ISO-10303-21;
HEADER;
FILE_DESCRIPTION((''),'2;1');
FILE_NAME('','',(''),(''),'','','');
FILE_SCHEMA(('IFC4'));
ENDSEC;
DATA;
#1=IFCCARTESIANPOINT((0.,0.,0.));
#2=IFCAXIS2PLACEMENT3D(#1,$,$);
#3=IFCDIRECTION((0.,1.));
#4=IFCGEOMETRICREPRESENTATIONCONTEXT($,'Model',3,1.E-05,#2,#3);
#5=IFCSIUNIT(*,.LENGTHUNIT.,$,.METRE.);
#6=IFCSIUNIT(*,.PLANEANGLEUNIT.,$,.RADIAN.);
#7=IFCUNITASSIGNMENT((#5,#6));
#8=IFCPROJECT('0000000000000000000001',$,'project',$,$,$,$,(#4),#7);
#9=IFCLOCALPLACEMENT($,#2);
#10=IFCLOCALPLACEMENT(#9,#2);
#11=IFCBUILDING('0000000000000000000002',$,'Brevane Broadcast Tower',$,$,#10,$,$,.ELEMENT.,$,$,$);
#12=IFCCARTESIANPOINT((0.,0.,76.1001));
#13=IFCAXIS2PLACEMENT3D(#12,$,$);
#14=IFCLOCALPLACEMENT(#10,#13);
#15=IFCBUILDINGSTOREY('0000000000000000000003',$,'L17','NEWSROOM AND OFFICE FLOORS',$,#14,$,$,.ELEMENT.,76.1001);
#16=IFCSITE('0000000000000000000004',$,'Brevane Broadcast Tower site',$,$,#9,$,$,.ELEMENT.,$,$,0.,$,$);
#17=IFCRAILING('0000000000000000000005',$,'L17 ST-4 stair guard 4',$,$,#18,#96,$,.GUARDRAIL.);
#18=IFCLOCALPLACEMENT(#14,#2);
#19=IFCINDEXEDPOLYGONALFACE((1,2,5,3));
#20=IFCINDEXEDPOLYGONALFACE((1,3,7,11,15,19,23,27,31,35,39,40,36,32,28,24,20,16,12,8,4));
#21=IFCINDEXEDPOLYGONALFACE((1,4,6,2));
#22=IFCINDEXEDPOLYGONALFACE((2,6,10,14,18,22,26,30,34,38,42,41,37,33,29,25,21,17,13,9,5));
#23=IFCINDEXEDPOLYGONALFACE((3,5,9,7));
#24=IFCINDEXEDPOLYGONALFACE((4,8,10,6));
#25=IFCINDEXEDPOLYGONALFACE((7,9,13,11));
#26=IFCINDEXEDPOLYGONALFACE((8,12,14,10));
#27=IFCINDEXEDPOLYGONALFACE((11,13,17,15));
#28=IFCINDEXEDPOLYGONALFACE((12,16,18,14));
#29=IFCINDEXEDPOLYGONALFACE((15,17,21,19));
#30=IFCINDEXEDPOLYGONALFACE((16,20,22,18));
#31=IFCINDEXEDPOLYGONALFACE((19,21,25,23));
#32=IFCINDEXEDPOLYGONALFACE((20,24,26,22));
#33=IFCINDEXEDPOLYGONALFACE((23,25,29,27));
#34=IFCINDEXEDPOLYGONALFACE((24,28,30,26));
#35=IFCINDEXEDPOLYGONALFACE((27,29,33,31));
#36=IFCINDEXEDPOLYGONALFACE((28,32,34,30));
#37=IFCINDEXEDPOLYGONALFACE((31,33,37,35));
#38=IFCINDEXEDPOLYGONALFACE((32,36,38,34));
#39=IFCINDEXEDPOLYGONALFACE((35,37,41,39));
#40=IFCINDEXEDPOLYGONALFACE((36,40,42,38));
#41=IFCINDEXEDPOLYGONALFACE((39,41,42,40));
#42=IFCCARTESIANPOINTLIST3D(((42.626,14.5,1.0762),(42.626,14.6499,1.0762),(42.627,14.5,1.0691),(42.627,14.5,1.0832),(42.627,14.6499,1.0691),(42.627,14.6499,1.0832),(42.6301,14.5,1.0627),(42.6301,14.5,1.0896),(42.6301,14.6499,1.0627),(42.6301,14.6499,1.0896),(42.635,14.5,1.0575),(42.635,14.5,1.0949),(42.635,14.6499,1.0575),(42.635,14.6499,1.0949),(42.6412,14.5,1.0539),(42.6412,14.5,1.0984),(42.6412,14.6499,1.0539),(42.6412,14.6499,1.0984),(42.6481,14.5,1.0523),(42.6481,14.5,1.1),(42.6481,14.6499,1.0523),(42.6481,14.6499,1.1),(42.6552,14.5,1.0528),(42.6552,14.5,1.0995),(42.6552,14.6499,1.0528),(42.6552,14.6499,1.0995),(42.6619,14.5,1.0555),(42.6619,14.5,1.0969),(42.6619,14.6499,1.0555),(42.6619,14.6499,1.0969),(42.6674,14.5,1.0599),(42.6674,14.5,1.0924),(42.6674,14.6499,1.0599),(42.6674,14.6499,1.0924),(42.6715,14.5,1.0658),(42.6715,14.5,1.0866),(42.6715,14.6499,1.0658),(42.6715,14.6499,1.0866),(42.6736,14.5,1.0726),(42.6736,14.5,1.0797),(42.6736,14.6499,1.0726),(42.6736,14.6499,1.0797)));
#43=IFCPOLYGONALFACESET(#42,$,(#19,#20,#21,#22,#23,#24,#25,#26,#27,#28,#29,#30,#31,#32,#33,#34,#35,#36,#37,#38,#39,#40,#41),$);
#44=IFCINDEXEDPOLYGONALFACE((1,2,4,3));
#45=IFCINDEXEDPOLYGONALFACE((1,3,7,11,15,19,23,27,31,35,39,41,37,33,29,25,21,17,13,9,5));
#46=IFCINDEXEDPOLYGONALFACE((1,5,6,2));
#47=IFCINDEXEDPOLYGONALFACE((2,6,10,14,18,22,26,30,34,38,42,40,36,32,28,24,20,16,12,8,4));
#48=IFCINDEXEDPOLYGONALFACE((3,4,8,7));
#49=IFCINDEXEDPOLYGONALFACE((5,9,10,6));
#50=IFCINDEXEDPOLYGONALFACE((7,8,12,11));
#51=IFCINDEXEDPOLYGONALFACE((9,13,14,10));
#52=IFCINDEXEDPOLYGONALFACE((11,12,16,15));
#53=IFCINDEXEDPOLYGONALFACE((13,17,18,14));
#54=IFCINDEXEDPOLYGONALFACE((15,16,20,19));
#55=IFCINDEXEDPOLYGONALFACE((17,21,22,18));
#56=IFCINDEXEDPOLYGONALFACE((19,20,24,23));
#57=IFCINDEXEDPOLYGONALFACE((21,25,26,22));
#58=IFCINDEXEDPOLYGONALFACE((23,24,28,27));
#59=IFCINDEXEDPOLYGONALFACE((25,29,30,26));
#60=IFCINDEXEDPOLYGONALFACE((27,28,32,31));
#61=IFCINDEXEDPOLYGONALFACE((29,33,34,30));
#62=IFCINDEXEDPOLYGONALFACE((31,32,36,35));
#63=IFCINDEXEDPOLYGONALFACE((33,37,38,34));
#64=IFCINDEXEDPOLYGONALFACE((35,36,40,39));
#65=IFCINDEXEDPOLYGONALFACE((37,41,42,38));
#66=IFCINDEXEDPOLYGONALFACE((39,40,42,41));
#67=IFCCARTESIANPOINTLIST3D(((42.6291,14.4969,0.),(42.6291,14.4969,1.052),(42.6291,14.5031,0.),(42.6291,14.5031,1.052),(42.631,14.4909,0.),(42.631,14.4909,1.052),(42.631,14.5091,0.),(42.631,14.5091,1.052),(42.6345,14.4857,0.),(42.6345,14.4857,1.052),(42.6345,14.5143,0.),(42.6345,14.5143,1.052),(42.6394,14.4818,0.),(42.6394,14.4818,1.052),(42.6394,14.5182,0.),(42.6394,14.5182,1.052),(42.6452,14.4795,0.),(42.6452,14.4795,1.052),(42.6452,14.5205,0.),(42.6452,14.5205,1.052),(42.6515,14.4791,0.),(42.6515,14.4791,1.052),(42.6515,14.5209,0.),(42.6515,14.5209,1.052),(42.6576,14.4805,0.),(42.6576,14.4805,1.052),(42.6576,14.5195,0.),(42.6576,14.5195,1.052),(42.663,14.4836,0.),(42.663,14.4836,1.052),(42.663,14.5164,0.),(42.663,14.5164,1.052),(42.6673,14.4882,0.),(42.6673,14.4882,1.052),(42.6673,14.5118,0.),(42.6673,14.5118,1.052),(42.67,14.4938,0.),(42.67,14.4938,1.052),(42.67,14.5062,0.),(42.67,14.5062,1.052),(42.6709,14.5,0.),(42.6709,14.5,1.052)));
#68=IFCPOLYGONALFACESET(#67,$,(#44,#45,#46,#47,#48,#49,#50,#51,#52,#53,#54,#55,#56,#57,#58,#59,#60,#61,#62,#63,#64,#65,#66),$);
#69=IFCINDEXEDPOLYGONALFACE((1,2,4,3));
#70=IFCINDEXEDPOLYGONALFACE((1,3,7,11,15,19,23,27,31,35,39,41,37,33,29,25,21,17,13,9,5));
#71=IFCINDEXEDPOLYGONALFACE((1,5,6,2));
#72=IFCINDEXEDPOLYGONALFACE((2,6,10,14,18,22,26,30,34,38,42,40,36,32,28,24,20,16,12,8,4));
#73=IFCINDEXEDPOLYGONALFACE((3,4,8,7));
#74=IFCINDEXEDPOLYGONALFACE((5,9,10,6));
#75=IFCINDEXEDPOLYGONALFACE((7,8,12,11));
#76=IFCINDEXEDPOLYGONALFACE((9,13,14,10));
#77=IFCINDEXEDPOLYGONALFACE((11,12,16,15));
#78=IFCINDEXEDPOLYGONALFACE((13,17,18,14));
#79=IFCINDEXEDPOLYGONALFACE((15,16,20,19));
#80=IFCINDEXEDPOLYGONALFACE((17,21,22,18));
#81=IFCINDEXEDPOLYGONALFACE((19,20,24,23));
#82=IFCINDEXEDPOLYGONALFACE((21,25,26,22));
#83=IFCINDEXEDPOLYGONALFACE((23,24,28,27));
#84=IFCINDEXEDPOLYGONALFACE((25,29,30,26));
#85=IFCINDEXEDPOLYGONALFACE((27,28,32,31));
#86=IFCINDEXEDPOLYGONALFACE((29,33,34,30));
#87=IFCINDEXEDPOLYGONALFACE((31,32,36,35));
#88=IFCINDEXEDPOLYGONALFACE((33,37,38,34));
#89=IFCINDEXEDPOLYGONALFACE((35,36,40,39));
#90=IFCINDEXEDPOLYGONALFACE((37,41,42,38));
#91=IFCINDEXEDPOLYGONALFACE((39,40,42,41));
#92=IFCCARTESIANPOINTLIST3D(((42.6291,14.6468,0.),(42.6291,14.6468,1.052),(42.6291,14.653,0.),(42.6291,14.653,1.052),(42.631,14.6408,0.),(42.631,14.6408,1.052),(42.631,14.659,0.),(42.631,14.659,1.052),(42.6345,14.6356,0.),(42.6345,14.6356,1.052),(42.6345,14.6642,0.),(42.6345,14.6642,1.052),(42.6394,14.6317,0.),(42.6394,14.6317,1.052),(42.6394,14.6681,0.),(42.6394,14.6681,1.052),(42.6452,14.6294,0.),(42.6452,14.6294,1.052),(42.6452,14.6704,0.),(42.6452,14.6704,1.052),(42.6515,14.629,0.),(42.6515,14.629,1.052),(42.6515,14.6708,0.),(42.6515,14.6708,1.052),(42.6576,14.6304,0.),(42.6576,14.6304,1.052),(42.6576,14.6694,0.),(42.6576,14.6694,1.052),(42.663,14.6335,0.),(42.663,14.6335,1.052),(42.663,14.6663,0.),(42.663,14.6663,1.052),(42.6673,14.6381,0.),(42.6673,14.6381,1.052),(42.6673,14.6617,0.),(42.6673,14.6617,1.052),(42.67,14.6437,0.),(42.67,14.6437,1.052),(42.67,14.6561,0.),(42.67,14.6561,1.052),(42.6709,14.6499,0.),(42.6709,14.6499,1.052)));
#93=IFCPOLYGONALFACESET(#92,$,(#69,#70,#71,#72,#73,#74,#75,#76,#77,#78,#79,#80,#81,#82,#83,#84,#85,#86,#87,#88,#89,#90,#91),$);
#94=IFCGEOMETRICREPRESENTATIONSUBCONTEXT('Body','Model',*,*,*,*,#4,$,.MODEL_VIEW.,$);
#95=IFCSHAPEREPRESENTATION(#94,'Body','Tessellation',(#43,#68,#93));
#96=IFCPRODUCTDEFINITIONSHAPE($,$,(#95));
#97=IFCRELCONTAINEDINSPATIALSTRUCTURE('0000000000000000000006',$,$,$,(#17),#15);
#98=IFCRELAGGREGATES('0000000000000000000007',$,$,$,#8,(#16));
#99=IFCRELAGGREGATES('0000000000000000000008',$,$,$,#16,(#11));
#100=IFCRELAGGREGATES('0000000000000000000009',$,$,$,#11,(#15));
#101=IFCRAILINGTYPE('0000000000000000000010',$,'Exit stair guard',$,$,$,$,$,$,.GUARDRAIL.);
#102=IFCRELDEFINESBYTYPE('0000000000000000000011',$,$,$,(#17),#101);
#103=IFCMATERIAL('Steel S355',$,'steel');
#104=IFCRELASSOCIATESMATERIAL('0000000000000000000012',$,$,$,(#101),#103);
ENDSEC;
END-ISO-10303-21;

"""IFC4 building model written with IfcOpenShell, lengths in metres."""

from ifc_helpers import new_model, si_unit, direction, frame, origin, origin_2d, place, context, subcontext, project, spatial, circle, extrude, material, type_object, element, save


model = new_model("IFC4")

# Units and contexts
model_context = context("Model", 3, precision=1e-05, world=origin(), true_north=direction((0.0, 1.0)))
body_context = subcontext(model_context, "Body", "Model", "MODEL_VIEW")
ifc_project = project(units=[si_unit("LENGTHUNIT", "METRE"), si_unit("PLANEANGLEUNIT", "RADIAN")], contexts=[model_context])

# Site, building, storey
site_placement = place(None, origin())
site = spatial("IfcSite", under=ifc_project, at=site_placement, Name="Brevane Broadcast Tower site", CompositionType="ELEMENT", RefElevation=0.0)
building_placement = place(site_placement, origin())
building = spatial("IfcBuilding", under=site, at=building_placement, Name="Brevane Broadcast Tower", CompositionType="ELEMENT")
storey_placement = place(building_placement, frame((0.0, 0.0, 76.1001)))
storey = spatial("IfcBuildingStorey", under=building, at=storey_placement, Name="L17", Description="NEWSROOM AND OFFICE FLOORS", CompositionType="ELEMENT", Elevation=76.1001)

# Railing
ifc_material_1 = material(Name="Steel S355", Category="steel")
railing_type_1 = type_object("IfcRailingType", Name="Exit stair guard", PredefinedType="GUARDRAIL", material=ifc_material_1)
railing_1_placement = place(storey_placement, frame((42.6499, 14.5, 0.0)))
element("IfcRailing", 1, at=railing_1_placement, inside=storey, type_object=railing_type_1, Name="L17 ST-4 stair guard 4", PredefinedType="GUARDRAIL", context=body_context, shape_type="SweptSolid", body=[
    extrude(circle(Radius=0.0239, at=origin_2d()), frame((0.0, 0.0, 1.0762), z_axis=(0.0, 1.0, 0.0), x_axis=(-1.0, 0.0, 0.0)), (0.0, 0.0, 1.0), 0.1499),
    extrude(circle(Radius=0.021, at=origin_2d()), origin(), (0.0, 0.0, 1.0), 1.052),
    extrude(circle(Radius=0.021, at=origin_2d()), frame((0.0, 0.1499, 0.0)), (0.0, 0.0, 1.0), 1.052),
])

save(model, "model.ifc")
